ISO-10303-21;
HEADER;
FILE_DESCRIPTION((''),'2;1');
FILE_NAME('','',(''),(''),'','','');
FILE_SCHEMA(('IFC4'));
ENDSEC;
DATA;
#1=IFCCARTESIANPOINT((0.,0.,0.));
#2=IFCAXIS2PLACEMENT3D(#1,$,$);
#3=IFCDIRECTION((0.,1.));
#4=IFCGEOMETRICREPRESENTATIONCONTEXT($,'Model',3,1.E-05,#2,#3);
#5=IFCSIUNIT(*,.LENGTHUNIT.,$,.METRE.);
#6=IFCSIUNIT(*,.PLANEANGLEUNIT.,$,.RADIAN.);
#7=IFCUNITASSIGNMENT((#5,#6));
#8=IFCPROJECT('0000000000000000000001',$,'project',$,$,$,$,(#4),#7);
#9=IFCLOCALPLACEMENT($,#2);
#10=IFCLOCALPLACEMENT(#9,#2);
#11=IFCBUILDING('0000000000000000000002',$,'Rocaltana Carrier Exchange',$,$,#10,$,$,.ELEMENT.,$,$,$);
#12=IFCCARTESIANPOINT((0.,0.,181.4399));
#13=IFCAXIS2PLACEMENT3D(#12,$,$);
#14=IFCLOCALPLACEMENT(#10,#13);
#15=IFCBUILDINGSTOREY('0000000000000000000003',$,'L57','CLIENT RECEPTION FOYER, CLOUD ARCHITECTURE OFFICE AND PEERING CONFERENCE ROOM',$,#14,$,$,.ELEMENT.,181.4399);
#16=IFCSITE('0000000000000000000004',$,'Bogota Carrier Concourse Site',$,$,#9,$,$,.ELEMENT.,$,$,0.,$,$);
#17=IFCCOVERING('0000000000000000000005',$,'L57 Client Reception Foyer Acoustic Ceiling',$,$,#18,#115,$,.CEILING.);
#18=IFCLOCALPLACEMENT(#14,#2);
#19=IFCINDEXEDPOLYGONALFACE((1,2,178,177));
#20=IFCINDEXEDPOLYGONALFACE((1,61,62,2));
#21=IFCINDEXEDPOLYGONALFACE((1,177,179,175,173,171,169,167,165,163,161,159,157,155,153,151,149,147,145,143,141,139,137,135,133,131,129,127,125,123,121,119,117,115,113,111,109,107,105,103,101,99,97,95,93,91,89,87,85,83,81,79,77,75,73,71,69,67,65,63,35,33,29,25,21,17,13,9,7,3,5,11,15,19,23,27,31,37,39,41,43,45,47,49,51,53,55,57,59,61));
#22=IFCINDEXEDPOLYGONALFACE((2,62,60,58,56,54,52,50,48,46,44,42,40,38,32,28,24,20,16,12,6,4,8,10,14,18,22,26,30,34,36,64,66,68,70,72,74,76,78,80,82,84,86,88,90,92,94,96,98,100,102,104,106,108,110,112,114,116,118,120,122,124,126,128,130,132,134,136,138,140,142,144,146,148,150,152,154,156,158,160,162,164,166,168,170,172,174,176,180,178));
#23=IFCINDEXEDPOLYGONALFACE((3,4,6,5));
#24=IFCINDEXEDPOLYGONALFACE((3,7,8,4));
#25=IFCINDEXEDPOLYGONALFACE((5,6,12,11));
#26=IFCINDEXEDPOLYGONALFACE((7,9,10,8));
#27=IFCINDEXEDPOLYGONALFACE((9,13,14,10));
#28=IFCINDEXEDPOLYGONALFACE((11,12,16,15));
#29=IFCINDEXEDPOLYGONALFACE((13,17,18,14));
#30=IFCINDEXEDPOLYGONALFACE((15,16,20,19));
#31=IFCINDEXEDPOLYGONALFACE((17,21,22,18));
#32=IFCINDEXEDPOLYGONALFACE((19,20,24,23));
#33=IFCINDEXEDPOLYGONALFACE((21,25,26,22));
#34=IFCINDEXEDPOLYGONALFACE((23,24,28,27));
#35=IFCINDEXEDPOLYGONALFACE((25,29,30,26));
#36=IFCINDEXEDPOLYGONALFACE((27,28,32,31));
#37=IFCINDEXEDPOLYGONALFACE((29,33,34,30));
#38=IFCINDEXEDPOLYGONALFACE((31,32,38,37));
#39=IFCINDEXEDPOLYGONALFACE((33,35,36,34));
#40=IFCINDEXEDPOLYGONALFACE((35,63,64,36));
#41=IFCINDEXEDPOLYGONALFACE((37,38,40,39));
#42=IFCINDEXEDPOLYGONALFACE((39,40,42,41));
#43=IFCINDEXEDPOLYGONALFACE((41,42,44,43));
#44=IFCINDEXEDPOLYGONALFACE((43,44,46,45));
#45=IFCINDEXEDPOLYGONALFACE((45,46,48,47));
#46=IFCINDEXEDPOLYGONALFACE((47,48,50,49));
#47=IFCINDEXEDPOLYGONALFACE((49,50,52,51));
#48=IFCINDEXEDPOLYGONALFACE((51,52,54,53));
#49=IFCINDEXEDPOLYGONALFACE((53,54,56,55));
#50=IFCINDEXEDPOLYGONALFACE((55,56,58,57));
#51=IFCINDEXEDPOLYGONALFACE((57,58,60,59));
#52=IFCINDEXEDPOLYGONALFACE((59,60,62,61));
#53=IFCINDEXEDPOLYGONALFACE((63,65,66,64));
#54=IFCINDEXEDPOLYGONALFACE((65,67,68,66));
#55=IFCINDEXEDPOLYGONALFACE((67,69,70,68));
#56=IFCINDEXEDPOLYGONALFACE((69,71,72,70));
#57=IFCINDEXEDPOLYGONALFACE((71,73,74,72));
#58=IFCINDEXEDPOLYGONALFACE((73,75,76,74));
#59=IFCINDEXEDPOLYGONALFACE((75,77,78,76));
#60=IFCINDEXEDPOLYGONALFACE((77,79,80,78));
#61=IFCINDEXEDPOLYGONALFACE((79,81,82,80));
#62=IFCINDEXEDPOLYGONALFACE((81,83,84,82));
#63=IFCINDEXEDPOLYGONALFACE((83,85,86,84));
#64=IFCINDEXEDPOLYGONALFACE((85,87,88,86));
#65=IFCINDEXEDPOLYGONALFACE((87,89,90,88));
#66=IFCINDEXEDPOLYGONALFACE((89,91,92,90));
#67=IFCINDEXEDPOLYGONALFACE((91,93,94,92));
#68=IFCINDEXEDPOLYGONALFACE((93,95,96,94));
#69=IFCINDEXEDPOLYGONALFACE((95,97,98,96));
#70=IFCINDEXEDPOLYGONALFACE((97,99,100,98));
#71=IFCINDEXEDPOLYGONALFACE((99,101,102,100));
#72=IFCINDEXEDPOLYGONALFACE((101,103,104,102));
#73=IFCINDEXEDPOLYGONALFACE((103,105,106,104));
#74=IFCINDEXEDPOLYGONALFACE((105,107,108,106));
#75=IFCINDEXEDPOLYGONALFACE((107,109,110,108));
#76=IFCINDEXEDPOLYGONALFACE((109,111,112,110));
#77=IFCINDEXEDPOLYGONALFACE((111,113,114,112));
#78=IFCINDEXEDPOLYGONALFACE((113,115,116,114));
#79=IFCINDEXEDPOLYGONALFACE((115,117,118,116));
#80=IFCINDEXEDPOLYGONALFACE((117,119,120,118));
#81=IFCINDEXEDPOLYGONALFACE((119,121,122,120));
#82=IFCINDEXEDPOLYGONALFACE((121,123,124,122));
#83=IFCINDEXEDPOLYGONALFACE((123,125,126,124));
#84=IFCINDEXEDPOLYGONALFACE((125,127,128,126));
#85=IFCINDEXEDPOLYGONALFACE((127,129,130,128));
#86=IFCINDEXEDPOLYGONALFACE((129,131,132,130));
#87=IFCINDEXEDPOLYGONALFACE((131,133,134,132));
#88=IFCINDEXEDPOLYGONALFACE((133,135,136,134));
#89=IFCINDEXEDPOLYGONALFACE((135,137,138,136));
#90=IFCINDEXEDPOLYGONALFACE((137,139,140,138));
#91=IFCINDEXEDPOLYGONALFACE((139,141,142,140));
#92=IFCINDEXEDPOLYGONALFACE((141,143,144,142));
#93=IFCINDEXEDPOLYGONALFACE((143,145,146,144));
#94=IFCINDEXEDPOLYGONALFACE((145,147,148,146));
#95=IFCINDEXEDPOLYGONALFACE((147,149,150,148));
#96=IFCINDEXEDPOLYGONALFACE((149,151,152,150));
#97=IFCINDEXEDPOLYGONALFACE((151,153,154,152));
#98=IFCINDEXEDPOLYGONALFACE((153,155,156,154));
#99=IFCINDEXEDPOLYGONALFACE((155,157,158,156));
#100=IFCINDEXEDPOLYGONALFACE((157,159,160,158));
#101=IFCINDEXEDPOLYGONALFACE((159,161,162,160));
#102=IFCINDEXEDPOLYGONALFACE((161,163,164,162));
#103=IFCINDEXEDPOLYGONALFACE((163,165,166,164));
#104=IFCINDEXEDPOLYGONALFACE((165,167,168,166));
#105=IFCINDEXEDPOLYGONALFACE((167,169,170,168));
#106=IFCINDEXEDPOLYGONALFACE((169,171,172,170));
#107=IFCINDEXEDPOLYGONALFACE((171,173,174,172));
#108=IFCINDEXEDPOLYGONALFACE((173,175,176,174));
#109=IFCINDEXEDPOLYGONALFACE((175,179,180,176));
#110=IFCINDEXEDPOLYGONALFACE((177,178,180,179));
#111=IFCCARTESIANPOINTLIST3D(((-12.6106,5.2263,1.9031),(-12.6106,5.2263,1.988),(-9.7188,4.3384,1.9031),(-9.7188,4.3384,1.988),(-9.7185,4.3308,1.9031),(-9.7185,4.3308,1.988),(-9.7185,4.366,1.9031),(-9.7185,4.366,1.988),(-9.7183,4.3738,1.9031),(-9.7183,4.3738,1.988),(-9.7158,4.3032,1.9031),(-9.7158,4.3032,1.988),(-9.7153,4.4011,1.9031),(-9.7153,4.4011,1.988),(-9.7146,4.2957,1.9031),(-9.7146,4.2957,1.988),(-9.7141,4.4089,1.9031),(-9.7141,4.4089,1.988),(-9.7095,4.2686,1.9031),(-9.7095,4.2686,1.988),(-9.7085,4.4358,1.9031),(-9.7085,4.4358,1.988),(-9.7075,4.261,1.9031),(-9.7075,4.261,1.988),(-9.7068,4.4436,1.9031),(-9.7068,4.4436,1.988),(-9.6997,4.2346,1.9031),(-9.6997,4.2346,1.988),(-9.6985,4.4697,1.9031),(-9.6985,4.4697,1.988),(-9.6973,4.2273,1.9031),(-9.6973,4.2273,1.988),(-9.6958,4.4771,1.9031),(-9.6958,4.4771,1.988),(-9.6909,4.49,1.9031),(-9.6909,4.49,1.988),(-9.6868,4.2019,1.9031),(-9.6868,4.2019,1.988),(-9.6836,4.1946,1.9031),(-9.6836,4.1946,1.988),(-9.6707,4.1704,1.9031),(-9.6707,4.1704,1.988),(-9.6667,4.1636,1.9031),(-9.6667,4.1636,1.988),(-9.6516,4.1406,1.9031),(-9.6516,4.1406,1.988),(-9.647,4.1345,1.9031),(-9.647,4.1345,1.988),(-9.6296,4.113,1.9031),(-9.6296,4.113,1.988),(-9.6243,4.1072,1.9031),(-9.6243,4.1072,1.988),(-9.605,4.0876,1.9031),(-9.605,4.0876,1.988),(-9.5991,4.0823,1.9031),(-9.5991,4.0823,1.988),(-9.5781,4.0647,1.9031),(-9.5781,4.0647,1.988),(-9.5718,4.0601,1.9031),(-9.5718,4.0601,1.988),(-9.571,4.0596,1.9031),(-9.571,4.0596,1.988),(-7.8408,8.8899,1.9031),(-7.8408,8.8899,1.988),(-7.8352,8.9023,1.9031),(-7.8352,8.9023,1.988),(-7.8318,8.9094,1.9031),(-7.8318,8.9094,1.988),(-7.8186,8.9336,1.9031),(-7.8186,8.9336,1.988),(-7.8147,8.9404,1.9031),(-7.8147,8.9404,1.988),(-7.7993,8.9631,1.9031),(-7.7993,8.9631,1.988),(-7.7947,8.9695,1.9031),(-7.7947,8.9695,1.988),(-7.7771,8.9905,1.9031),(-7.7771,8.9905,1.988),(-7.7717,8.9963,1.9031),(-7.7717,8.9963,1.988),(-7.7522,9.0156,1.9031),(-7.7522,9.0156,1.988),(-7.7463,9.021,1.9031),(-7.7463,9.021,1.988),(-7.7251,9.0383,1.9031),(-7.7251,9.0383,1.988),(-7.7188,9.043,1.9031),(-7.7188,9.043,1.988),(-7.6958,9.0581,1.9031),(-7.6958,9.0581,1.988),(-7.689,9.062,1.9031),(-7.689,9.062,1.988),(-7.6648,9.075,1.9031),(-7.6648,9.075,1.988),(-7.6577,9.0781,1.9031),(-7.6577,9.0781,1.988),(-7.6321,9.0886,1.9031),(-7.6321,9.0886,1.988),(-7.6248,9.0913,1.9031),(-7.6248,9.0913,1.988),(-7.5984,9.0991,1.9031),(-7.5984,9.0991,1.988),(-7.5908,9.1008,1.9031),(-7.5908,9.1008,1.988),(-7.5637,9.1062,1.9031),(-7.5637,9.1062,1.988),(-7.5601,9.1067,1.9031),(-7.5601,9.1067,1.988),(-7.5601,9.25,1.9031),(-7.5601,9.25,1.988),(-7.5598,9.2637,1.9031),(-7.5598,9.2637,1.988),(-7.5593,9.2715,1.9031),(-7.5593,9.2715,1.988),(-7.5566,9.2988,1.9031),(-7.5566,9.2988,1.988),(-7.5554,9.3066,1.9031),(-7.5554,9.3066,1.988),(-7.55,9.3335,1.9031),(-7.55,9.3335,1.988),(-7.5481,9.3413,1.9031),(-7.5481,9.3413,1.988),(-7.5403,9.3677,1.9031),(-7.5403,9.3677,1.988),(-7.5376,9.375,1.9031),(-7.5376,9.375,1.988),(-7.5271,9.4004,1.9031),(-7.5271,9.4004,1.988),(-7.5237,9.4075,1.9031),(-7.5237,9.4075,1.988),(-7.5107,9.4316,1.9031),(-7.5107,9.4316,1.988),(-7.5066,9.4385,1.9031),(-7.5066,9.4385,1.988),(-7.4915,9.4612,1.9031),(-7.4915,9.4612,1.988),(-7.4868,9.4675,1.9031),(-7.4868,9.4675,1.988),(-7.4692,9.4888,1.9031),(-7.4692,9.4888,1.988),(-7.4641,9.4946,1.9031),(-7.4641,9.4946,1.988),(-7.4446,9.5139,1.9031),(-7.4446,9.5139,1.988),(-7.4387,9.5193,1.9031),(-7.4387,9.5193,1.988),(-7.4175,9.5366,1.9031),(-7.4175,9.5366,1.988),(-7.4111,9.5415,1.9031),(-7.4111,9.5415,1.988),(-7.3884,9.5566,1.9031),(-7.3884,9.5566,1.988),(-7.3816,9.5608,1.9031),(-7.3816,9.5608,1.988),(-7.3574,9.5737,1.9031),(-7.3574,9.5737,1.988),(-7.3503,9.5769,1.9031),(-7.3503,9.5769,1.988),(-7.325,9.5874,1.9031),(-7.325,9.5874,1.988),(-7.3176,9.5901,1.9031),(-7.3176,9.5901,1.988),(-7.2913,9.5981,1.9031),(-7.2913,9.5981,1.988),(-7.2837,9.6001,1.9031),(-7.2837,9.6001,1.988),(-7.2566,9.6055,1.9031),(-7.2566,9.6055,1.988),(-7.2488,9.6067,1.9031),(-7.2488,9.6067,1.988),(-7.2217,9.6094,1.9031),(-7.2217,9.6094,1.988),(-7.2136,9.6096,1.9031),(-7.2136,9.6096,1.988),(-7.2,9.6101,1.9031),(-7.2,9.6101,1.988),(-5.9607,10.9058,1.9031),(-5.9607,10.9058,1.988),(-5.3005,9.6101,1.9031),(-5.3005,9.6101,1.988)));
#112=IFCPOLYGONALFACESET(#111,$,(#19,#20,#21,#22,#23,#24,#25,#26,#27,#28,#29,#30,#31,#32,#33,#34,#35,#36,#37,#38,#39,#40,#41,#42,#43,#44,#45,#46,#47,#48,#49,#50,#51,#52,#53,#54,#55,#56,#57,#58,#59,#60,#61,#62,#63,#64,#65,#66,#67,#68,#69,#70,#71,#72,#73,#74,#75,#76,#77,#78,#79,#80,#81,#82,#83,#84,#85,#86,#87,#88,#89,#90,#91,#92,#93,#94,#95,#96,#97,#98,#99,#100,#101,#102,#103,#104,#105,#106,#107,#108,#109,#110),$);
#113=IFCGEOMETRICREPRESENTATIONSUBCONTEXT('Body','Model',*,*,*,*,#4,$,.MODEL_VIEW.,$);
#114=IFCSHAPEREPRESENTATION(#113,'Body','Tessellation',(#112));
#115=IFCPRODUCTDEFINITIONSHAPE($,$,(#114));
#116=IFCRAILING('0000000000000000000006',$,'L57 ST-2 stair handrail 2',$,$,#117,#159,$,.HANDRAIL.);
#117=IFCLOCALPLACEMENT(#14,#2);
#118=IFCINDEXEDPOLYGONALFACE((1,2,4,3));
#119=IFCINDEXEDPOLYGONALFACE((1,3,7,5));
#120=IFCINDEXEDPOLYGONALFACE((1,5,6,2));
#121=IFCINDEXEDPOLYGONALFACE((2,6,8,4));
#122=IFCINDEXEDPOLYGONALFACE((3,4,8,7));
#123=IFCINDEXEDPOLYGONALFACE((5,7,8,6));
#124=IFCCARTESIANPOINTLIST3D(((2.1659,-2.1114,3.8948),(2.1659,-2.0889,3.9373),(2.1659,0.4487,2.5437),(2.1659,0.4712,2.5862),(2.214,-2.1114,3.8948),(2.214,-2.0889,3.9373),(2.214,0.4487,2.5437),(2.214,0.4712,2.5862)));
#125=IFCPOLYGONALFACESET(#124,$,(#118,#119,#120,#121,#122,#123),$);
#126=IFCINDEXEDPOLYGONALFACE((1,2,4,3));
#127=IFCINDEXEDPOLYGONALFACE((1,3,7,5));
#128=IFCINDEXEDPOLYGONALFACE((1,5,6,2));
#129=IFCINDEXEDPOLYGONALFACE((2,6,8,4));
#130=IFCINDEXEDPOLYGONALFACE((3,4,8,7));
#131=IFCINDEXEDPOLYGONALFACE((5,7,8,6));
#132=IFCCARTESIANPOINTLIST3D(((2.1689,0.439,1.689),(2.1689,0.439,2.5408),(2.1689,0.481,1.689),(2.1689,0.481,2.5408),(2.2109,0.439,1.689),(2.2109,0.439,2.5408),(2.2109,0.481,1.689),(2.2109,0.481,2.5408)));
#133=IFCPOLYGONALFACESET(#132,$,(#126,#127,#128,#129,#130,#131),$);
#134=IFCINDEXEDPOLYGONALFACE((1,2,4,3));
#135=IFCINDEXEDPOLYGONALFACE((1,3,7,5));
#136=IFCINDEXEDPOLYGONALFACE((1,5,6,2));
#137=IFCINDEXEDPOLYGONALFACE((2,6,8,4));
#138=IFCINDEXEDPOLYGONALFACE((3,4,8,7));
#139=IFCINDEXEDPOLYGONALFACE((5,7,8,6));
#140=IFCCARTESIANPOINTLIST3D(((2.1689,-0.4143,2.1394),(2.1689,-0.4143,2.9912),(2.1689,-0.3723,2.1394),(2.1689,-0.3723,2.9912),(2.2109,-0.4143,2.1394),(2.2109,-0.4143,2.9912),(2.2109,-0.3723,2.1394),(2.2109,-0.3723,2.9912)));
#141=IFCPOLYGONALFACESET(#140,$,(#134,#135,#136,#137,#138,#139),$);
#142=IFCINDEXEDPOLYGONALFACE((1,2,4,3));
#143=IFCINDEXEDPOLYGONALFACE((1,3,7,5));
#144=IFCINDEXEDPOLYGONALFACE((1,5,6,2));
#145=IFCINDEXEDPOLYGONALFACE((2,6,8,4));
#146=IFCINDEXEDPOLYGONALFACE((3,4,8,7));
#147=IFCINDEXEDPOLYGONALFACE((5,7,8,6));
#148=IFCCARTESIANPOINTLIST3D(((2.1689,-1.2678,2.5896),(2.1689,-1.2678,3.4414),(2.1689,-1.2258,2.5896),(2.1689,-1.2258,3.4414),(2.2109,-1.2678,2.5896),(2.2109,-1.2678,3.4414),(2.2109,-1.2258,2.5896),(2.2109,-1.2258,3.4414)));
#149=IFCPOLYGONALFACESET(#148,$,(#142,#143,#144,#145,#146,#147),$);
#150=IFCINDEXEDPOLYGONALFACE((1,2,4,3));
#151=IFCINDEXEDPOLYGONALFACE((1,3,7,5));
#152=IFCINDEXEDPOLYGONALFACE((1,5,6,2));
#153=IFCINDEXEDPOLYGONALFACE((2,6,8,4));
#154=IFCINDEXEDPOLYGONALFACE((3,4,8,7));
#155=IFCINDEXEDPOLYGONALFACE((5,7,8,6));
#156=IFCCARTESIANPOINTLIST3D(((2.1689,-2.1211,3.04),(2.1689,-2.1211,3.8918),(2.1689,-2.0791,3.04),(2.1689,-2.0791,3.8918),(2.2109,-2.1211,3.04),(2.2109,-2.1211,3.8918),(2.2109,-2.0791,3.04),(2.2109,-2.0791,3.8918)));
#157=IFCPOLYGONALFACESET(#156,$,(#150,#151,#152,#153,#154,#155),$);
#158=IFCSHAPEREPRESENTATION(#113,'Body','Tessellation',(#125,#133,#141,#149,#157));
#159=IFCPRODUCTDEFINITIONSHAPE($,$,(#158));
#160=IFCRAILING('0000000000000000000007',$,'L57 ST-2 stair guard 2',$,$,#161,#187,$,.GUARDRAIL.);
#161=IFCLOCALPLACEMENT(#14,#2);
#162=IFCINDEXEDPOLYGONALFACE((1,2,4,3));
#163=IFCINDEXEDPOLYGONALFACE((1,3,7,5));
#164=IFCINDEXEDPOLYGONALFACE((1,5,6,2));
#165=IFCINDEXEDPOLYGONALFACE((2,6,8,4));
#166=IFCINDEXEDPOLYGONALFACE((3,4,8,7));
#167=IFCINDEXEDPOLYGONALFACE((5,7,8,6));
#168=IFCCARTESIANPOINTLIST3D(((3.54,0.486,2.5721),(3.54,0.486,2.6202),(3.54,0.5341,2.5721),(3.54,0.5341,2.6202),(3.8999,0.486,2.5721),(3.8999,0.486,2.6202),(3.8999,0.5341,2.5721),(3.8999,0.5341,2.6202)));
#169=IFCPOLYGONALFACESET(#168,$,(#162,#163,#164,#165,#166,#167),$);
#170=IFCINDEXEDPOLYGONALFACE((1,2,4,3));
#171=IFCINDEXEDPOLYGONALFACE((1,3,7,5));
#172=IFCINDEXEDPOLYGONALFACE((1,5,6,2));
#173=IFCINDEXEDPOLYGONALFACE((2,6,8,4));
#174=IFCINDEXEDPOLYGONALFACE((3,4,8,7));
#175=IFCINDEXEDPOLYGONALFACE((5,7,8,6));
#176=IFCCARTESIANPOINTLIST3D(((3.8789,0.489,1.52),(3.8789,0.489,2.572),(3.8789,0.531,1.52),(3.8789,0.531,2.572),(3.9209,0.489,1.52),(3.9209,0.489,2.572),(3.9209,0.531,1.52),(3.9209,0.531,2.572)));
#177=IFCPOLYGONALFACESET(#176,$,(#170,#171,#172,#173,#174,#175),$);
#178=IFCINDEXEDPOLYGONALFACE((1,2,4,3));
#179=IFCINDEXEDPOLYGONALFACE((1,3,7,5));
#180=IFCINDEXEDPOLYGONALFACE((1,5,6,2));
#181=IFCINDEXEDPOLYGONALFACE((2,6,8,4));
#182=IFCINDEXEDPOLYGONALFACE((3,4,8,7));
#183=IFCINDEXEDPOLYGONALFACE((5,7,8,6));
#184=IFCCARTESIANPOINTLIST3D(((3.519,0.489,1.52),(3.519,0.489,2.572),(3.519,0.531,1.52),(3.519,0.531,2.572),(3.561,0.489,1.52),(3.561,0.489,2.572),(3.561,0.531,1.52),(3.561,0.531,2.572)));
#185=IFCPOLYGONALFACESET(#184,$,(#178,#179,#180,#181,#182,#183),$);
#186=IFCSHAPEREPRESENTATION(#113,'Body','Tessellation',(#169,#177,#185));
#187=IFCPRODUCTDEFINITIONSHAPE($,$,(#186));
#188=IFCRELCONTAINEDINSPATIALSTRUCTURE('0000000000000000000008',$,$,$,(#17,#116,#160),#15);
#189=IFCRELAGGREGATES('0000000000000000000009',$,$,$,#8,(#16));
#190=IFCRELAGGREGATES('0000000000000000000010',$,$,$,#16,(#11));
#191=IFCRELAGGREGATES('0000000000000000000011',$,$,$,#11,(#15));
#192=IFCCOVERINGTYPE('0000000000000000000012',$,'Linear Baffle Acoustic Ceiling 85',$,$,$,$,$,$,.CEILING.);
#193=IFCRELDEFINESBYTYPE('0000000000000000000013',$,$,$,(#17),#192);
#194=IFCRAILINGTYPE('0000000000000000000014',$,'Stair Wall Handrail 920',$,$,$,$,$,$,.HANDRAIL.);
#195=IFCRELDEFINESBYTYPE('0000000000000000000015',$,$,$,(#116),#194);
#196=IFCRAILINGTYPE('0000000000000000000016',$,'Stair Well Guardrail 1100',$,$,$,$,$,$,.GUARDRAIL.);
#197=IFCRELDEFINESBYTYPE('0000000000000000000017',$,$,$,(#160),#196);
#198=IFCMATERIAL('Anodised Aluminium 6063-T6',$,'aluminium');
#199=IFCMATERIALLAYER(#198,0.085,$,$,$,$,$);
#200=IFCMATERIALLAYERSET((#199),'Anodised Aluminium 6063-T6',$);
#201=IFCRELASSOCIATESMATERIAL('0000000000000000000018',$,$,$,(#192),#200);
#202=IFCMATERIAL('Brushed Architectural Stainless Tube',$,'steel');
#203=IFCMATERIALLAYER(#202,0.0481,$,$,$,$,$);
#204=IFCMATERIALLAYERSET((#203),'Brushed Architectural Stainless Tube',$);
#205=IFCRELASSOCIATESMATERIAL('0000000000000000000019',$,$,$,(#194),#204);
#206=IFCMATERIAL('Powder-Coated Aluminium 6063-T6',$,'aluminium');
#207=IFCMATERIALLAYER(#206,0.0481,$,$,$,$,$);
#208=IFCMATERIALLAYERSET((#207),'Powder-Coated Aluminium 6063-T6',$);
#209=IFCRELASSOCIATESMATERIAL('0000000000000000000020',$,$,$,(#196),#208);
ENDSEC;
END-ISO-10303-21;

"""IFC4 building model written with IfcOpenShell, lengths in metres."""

from ifc_helpers import new_model, si_unit, direction, frame, origin, origin_2d, place, context, subcontext, project, spatial, polyline, rectangle, outline, extrude, material, layer, layer_set, type_object, element, save


model = new_model("IFC4")

# Units and contexts
model_context = context("Model", 3, precision=1e-05, world=origin(), true_north=direction((0.0, 1.0)))
body_context = subcontext(model_context, "Body", "Model", "MODEL_VIEW")
ifc_project = project(units=[si_unit("LENGTHUNIT", "METRE"), si_unit("PLANEANGLEUNIT", "RADIAN")], contexts=[model_context])

# Site, building, storey
site_placement = place(None, origin())
site = spatial("IfcSite", under=ifc_project, at=site_placement, Name="Bogota Carrier Concourse Site", CompositionType="ELEMENT", RefElevation=0.0)
building_placement = place(site_placement, origin())
building = spatial("IfcBuilding", under=site, at=building_placement, Name="Rocaltana Carrier Exchange", CompositionType="ELEMENT")
storey_placement = place(building_placement, frame((0.0, 0.0, 181.4399)))
storey = spatial("IfcBuildingStorey", under=building, at=storey_placement, Name="L57", Description="CLIENT RECEPTION FOYER, CLOUD ARCHITECTURE OFFICE AND PEERING CONFERENCE ROOM", CompositionType="ELEMENT", Elevation=181.4399)

# Covering
ifc_material_1 = material(Name="Anodised Aluminium 6063-T6", Category="aluminium")
ifc_layer_1 = layer(ifc_material_1, 0.085)
ifc_layer_set_1 = layer_set([ifc_layer_1], Name="Anodised Aluminium 6063-T6")
covering_type_1 = type_object("IfcCoveringType", Name="Linear Baffle Acoustic Ceiling 85", PredefinedType="CEILING", material=ifc_layer_set_1)
covering_1_placement = place(storey_placement, frame((0.0, 0.0, 1.9031)))
element("IfcCovering", 1, at=covering_1_placement, inside=storey, type_object=covering_type_1, Name="L57 Client Reception Foyer Acoustic Ceiling", PredefinedType="CEILING", context=body_context, shape_type="SweptSolid", body=[
    extrude(outline(polyline([(-9.571, 4.0596), (-12.6106, 5.2263), (-5.9607, 10.9058), (-5.3005, 9.6101), (-7.2, 9.6101), (-7.2136, 9.6096), (-7.2217, 9.6094), (-7.2488, 9.6067), (-7.2566, 9.6055), (-7.2837, 9.6001), (-7.2913, 9.5981), (-7.3176, 9.5901), (-7.325, 9.5874), (-7.3503, 9.5769), (-7.3574, 9.5737), (-7.3816, 9.5608), (-7.3884, 9.5566), (-7.4111, 9.5415), (-7.4175, 9.5366), (-7.4387, 9.5193), (-7.4446, 9.5139), (-7.4641, 9.4946), (-7.4692, 9.4888), (-7.4868, 9.4675), (-7.4915, 9.4612), (-7.5066, 9.4385), (-7.5107, 9.4316), (-7.5237, 9.4075), (-7.5271, 9.4004), (-7.5376, 9.375), (-7.5403, 9.3677), (-7.5481, 9.3413), (-7.55, 9.3335), (-7.5554, 9.3066), (-7.5566, 9.2988), (-7.5593, 9.2715), (-7.5598, 9.2637), (-7.5601, 9.25), (-7.5601, 9.1067), (-7.5637, 9.1062), (-7.5908, 9.1008), (-7.5984, 9.0991), (-7.6248, 9.0913), (-7.6321, 9.0886), (-7.6577, 9.0781), (-7.6648, 9.075), (-7.689, 9.062), (-7.6958, 9.0581), (-7.7188, 9.043), (-7.7251, 9.0383), (-7.7463, 9.021), (-7.7522, 9.0156), (-7.7717, 8.9963), (-7.7771, 8.9905), (-7.7947, 8.9695), (-7.7993, 8.9631), (-7.8147, 8.9404), (-7.8186, 8.9336), (-7.8318, 8.9094), (-7.8352, 8.9023), (-7.8408, 8.8899), (-9.6909, 4.49), (-9.6958, 4.4771), (-9.6985, 4.4697), (-9.7068, 4.4436), (-9.7085, 4.4358), (-9.7141, 4.4089), (-9.7153, 4.4011), (-9.7183, 4.3738), (-9.7185, 4.366), (-9.7188, 4.3384), (-9.7185, 4.3308), (-9.7158, 4.3032), (-9.7146, 4.2957), (-9.7095, 4.2686), (-9.7075, 4.261), (-9.6997, 4.2346), (-9.6973, 4.2273), (-9.6868, 4.2019), (-9.6836, 4.1946), (-9.6707, 4.1704), (-9.6667, 4.1636), (-9.6516, 4.1406), (-9.647, 4.1345), (-9.6296, 4.113), (-9.6243, 4.1072), (-9.605, 4.0876), (-9.5991, 4.0823), (-9.5781, 4.0647), (-9.5718, 4.0601), (-9.571, 4.0596)])), origin(), (0.0, 0.0, 1.0), 0.085),
])

# Railings
ifc_material_2 = material(Name="Brushed Architectural Stainless Tube", Category="steel")
ifc_layer_2 = layer(ifc_material_2, 0.0481)
ifc_layer_set_2 = layer_set([ifc_layer_2], Name="Brushed Architectural Stainless Tube")
railing_type_1 = type_object("IfcRailingType", Name="Stair Wall Handrail 920", PredefinedType="HANDRAIL", material=ifc_layer_set_2)
railing_1_placement = place(storey_placement, frame((2.1899, 0.46, 1.689)))
element("IfcRailing", 2, at=railing_1_placement, inside=storey, type_object=railing_type_1, Name="L57 ST-2 stair handrail 2", PredefinedType="HANDRAIL", context=body_context, shape_type="SweptSolid", body=[
    extrude(rectangle(XDim=0.0481, YDim=0.0481, at=origin_2d()), frame((0.0, 0.0, 0.876), z_axis=(0.0, -0.884394, 0.46674), x_axis=(1.0, 0.0, 0.0)), (0.0, 0.0, 1.0), 2.8948),
    extrude(rectangle(XDim=0.042, YDim=0.042, at=origin_2d()), origin(), (0.0, 0.0, 1.0), 0.8518),
    extrude(rectangle(XDim=0.042, YDim=0.042, at=origin_2d()), frame((0.0, -0.8533, 0.4504)), (0.0, 0.0, 1.0), 0.8518),
    extrude(rectangle(XDim=0.042, YDim=0.042, at=origin_2d()), frame((0.0, -1.7068, 0.9006)), (0.0, 0.0, 1.0), 0.8518),
    extrude(rectangle(XDim=0.042, YDim=0.042, at=origin_2d()), frame((0.0, -2.5601, 1.3511)), (0.0, 0.0, 1.0), 0.8518),
])
ifc_material_3 = material(Name="Powder-Coated Aluminium 6063-T6", Category="aluminium")
ifc_layer_3 = layer(ifc_material_3, 0.0481)
ifc_layer_set_3 = layer_set([ifc_layer_3], Name="Powder-Coated Aluminium 6063-T6")
railing_type_2 = type_object("IfcRailingType", Name="Stair Well Guardrail 1100", PredefinedType="GUARDRAIL", material=ifc_layer_set_3)
railing_2_placement = place(storey_placement, frame((3.8999, 0.51, 1.52)))
element("IfcRailing", 3, at=railing_2_placement, inside=storey, type_object=railing_type_2, Name="L57 ST-2 stair guard 2", PredefinedType="GUARDRAIL", context=body_context, shape_type="SweptSolid", body=[
    extrude(rectangle(XDim=0.0481, YDim=0.0481, at=origin_2d()), frame((0.0, 0.0, 1.0762), z_axis=(-1.0, 0.0, 0.0), x_axis=(0.0, -1.0, 0.0)), (0.0, 0.0, 1.0), 0.3599),
    extrude(rectangle(XDim=0.042, YDim=0.042, at=origin_2d()), origin(), (0.0, 0.0, 1.0), 1.052),
    extrude(rectangle(XDim=0.042, YDim=0.042, at=origin_2d()), frame((-0.3599, 0.0, 0.0)), (0.0, 0.0, 1.0), 1.052),
])

save(model, "model.ifc")
